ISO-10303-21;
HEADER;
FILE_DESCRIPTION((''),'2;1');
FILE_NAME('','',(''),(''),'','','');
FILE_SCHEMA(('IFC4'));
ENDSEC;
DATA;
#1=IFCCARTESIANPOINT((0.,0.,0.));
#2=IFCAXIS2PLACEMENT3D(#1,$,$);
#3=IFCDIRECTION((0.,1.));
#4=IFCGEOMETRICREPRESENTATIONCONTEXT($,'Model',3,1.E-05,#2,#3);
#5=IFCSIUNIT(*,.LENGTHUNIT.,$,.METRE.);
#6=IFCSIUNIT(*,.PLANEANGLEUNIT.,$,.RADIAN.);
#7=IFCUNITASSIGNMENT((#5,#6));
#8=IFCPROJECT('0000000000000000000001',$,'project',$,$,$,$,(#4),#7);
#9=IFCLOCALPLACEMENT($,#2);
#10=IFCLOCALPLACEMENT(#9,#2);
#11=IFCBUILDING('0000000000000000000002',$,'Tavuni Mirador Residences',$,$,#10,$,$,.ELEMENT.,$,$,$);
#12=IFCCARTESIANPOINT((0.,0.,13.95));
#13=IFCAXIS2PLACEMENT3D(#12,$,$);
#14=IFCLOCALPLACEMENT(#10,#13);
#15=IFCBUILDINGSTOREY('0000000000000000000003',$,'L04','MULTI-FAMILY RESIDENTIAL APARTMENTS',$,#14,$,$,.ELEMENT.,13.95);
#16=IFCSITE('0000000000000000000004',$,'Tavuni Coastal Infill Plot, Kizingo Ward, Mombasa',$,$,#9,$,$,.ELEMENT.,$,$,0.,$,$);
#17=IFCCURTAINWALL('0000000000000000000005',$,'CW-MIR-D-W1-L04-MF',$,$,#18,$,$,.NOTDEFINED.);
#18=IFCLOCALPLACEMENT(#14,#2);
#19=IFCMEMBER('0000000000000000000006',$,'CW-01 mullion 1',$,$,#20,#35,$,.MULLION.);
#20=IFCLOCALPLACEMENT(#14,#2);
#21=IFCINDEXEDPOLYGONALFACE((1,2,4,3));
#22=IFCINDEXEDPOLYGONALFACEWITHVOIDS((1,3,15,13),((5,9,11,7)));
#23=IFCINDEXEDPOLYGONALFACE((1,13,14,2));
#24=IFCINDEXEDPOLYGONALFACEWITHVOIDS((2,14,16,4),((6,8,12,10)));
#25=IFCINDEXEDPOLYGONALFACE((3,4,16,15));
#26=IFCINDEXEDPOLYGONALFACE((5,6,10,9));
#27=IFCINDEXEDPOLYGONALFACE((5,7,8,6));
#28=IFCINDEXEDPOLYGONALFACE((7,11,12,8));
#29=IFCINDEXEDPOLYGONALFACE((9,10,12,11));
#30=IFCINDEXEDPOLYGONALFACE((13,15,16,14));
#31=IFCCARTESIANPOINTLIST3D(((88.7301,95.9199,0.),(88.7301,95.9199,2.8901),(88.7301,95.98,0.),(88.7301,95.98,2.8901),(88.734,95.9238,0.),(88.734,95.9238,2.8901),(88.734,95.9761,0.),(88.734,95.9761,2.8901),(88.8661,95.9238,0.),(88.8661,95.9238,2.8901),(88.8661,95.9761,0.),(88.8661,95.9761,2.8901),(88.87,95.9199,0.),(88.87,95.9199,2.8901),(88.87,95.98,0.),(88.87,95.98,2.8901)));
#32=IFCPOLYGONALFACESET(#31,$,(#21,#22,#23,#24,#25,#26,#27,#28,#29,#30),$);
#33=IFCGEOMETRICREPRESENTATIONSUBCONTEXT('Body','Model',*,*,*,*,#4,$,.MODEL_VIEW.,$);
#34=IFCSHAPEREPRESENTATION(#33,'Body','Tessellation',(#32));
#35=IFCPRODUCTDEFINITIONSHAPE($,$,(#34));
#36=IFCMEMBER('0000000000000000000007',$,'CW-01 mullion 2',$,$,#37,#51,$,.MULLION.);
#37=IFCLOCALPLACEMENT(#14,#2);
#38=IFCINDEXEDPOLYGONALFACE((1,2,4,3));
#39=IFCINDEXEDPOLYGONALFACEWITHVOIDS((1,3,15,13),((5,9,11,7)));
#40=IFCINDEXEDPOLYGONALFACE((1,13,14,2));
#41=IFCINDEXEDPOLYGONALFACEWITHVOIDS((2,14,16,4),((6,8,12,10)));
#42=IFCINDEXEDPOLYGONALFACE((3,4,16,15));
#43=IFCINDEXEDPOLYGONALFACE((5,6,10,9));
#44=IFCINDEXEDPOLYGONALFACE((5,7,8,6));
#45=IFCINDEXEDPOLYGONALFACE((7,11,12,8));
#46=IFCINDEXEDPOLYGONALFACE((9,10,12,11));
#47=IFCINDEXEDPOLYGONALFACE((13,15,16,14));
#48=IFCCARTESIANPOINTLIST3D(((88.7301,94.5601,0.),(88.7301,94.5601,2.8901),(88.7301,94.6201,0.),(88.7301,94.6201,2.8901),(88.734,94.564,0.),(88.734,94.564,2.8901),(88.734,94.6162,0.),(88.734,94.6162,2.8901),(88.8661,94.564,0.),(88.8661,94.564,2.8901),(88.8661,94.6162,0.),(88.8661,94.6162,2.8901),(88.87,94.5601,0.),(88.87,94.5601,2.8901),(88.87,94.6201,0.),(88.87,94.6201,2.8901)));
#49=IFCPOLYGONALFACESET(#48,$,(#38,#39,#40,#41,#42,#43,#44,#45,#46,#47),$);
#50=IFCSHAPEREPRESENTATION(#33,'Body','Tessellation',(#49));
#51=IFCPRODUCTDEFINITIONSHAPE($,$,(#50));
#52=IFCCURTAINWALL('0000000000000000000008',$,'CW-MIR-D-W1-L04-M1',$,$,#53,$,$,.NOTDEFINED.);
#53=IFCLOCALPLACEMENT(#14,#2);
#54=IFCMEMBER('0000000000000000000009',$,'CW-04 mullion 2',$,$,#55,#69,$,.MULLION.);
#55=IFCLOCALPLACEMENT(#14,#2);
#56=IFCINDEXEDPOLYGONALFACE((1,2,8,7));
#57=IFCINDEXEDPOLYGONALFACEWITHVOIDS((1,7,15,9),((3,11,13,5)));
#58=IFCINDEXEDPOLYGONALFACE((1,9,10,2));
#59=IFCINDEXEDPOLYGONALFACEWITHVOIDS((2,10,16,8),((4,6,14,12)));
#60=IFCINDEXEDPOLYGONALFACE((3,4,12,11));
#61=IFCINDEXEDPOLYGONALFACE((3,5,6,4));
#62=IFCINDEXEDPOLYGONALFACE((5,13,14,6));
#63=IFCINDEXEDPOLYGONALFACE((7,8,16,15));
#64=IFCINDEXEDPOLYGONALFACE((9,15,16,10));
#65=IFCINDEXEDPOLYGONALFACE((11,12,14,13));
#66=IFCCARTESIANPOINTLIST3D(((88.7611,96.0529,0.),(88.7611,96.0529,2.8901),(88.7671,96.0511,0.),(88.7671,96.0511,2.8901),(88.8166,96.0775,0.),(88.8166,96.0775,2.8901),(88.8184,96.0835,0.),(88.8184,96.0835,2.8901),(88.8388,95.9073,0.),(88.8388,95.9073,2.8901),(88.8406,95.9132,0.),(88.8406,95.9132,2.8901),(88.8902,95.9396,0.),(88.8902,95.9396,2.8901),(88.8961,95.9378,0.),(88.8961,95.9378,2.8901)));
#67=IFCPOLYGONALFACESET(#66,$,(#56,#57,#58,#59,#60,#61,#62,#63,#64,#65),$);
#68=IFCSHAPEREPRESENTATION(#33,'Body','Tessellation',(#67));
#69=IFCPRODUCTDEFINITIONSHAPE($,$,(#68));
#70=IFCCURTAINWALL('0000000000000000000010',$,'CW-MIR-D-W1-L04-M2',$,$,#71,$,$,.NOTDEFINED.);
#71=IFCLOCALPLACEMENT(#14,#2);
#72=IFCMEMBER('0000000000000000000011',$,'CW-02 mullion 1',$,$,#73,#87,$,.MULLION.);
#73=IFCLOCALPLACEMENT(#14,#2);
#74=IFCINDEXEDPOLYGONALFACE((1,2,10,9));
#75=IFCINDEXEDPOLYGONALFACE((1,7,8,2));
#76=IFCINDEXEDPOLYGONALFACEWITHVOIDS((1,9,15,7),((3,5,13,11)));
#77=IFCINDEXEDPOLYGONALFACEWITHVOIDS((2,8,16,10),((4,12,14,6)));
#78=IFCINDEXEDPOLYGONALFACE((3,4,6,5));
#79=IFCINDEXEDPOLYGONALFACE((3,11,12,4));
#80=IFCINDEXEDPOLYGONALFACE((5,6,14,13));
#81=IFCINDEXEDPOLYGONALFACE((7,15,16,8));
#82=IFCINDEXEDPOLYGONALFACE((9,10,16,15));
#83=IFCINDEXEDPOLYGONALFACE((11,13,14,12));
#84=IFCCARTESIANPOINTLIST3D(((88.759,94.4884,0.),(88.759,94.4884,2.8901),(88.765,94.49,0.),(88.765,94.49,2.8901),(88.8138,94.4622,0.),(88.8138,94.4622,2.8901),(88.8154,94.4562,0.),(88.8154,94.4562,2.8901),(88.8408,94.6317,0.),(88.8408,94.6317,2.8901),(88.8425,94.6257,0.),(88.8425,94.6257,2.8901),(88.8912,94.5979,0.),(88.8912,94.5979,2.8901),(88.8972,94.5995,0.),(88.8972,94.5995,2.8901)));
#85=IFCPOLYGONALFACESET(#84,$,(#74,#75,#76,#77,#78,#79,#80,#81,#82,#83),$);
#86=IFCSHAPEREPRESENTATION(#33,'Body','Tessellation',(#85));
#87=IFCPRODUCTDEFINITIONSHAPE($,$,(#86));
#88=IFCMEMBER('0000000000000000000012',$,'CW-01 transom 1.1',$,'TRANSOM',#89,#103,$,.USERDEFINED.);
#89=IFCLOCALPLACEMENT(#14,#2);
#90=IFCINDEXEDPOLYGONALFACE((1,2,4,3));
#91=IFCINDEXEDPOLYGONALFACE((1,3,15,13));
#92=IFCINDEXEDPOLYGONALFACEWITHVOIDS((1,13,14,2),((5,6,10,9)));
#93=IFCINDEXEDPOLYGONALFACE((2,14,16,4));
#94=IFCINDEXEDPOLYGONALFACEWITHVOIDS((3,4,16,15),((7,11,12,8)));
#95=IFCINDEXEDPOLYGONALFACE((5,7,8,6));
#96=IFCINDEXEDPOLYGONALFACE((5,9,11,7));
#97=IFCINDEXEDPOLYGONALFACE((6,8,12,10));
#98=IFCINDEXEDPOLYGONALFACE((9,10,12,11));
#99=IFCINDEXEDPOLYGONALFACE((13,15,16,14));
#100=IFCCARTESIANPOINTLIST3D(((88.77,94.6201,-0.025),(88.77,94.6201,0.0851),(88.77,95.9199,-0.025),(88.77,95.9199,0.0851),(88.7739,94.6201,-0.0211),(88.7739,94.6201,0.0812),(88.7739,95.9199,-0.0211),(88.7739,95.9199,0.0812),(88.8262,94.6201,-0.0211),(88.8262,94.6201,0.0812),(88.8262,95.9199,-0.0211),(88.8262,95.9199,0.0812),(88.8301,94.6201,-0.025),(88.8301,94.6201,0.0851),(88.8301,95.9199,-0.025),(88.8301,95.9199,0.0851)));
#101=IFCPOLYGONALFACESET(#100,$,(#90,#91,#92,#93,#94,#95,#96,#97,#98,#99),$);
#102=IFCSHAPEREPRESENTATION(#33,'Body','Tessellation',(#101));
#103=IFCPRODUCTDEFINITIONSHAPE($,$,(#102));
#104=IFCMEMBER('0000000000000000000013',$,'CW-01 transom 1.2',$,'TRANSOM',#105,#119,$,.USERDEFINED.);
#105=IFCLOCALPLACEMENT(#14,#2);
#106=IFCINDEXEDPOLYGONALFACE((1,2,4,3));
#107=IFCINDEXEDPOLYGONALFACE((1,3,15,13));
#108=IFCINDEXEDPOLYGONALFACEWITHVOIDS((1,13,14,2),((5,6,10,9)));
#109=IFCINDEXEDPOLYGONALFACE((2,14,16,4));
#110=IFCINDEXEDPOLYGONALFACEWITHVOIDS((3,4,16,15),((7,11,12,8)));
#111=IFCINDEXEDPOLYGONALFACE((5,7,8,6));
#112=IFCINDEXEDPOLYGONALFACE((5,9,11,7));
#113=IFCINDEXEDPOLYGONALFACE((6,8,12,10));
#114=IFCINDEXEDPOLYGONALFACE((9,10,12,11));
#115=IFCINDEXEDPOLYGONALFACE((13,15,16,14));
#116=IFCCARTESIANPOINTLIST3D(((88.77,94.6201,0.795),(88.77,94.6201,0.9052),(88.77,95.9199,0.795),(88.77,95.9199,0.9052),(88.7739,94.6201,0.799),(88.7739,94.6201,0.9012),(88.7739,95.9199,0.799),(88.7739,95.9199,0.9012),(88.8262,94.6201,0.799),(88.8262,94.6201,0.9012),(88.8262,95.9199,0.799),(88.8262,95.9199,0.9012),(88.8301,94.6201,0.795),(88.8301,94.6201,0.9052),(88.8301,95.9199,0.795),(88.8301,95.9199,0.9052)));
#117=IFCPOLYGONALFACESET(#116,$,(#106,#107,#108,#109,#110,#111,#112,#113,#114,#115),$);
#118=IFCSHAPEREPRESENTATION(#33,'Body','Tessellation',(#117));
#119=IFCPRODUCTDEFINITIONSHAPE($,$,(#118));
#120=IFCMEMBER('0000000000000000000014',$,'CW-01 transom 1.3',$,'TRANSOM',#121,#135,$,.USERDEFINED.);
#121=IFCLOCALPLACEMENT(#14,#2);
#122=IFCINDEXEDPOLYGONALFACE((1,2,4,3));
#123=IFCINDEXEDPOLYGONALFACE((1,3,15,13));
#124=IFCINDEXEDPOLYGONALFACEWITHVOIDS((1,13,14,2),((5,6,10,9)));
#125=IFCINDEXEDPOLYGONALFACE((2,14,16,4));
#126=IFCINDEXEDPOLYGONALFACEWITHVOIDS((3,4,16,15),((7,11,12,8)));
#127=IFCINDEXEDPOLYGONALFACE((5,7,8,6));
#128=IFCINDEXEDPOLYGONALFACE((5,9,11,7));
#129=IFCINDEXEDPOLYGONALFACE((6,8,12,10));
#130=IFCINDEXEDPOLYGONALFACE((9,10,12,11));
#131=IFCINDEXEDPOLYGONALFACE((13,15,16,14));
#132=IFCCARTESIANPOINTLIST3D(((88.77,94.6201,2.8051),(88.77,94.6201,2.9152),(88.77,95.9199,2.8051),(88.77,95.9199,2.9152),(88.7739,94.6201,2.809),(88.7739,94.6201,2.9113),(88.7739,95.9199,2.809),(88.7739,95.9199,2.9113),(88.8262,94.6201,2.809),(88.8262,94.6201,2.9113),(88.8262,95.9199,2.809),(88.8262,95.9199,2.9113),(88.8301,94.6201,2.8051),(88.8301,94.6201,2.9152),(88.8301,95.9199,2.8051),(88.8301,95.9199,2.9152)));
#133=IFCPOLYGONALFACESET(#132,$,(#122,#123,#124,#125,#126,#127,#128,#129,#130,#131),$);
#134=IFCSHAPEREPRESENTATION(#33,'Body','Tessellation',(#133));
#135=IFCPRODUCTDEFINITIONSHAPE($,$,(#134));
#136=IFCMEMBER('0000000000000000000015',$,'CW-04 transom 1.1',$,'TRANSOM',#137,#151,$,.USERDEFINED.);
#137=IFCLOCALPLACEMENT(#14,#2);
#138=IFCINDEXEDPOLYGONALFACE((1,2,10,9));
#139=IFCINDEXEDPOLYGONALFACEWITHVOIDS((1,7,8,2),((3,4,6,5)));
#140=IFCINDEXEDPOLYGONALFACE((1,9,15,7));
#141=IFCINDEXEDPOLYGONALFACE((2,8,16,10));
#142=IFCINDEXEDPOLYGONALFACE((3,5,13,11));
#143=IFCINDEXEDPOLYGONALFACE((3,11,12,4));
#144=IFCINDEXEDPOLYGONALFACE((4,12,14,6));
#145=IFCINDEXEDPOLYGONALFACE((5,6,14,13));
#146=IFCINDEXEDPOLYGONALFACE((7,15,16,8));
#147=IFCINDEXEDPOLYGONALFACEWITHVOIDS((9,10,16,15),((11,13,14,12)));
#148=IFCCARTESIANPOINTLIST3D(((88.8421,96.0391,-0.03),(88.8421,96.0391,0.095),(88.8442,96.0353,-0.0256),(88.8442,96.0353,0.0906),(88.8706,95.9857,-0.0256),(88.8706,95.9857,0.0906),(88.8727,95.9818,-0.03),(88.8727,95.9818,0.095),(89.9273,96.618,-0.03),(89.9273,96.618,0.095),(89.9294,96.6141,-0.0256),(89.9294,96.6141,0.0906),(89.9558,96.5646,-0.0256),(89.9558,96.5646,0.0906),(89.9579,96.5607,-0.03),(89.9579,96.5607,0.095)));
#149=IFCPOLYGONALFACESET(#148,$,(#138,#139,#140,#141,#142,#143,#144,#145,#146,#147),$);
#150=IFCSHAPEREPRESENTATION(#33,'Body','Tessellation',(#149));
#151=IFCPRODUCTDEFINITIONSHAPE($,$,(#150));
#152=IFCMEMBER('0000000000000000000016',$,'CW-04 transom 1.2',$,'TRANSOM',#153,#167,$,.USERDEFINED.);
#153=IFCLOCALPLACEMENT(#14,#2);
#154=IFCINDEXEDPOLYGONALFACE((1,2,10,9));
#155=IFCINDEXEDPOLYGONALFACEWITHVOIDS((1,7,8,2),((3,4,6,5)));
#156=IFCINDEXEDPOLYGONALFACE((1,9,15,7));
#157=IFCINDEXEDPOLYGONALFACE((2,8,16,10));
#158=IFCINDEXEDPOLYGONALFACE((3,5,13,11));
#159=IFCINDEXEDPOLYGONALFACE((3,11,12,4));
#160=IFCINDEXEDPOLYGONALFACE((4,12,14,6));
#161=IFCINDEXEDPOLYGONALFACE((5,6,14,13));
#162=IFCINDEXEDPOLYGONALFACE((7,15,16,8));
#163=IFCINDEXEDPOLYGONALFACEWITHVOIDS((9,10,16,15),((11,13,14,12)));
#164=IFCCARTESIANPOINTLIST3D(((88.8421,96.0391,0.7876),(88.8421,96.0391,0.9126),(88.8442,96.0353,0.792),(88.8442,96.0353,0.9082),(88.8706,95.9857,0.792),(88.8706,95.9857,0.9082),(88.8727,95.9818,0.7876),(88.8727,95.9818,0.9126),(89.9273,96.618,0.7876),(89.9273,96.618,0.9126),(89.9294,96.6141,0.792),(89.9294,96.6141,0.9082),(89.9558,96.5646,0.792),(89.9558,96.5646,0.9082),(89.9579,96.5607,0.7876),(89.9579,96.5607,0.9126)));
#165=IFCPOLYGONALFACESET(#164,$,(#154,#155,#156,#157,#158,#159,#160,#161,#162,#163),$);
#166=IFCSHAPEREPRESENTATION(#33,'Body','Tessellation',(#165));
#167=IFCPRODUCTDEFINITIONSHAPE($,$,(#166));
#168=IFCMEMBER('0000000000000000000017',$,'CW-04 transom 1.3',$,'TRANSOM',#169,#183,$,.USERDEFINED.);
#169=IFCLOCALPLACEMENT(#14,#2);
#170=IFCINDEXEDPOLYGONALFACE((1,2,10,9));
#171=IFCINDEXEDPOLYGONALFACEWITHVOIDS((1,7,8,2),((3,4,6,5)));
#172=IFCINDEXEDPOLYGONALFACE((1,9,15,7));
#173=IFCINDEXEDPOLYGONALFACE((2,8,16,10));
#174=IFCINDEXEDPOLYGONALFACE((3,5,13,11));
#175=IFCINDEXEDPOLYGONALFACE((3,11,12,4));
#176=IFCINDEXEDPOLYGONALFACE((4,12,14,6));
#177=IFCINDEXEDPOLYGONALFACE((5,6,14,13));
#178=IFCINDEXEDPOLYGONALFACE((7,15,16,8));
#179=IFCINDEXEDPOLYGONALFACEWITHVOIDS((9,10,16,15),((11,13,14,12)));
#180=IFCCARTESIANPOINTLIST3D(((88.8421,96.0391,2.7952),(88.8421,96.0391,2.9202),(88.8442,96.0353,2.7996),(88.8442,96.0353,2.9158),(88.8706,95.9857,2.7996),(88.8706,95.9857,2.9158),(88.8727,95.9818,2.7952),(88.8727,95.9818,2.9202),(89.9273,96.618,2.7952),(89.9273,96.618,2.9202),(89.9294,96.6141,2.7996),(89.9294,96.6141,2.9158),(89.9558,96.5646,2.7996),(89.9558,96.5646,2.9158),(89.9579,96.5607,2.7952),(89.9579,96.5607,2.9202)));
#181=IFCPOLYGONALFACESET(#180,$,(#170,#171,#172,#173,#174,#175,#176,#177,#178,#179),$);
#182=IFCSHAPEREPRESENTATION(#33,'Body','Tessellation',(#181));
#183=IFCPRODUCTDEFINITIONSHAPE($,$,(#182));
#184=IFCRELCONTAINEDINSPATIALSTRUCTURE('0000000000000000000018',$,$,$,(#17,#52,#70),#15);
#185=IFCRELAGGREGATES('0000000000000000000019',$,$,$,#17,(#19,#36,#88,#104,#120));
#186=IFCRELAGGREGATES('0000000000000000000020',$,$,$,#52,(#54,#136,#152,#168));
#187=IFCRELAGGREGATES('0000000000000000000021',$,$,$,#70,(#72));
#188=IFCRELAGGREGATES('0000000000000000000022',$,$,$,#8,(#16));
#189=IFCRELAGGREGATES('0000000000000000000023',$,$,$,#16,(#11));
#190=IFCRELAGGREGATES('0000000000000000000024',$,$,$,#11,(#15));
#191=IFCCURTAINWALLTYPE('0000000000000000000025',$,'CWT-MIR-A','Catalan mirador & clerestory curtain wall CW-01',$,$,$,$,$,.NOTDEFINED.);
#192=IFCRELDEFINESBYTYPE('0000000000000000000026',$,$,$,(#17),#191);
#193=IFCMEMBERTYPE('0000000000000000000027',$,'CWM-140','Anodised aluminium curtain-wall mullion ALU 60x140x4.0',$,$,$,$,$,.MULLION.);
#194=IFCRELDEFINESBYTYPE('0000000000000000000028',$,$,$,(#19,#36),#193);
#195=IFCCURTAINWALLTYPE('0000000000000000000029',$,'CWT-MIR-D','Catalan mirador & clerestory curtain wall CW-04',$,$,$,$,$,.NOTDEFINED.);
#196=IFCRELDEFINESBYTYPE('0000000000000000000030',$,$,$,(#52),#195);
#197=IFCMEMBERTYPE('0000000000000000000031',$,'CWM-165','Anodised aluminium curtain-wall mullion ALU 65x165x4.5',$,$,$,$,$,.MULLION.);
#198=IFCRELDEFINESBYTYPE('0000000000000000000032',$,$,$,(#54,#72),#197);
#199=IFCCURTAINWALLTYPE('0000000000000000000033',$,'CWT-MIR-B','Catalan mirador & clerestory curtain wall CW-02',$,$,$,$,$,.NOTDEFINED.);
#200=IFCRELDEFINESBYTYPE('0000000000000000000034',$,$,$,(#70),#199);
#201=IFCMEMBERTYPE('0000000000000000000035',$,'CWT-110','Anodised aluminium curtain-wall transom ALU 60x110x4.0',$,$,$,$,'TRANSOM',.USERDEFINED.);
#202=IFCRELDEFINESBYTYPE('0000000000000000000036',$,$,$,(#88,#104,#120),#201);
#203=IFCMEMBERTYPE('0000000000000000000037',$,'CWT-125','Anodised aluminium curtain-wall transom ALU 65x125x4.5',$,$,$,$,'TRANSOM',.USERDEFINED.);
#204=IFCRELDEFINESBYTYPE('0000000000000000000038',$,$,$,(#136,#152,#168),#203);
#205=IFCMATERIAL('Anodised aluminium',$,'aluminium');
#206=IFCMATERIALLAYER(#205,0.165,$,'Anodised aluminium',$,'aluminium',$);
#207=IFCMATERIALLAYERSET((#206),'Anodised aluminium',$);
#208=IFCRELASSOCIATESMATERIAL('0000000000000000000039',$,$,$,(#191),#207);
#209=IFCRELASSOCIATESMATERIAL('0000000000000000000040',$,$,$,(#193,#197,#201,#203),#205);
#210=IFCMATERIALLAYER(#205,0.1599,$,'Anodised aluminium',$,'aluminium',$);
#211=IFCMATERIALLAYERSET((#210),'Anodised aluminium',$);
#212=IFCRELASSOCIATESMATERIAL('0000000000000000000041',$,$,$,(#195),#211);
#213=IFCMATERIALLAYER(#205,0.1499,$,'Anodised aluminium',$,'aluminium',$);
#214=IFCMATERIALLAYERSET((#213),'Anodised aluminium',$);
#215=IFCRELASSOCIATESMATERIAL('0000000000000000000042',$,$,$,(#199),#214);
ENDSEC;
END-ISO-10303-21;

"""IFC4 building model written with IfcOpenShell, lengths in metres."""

from ifc_helpers import new_model, si_unit, direction, frame, origin, origin_2d, place, context, subcontext, project, spatial, hollow_rectangle, extrude, material, layer, layer_set, material_profile, profile_set, type_object, element, aggregate, save


model = new_model("IFC4")

# Units and contexts
model_context = context("Model", 3, precision=1e-05, world=origin(), true_north=direction((0.0, 1.0)))
body_context = subcontext(model_context, "Body", "Model", "MODEL_VIEW")
ifc_project = project(units=[si_unit("LENGTHUNIT", "METRE"), si_unit("PLANEANGLEUNIT", "RADIAN")], contexts=[model_context])

# Site, building, storey
site_placement = place(None, origin())
site = spatial("IfcSite", under=ifc_project, at=site_placement, Name="Tavuni Coastal Infill Plot, Kizingo Ward, Mombasa", CompositionType="ELEMENT", RefElevation=0.0)
building_placement = place(site_placement, origin())
building = spatial("IfcBuilding", under=site, at=building_placement, Name="Tavuni Mirador Residences", CompositionType="ELEMENT")
storey_placement = place(building_placement, frame((0.0, 0.0, 13.95)))
storey = spatial("IfcBuildingStorey", under=building, at=storey_placement, Name="L04", Description="MULTI-FAMILY RESIDENTIAL APARTMENTS", CompositionType="ELEMENT", Elevation=13.95)

# Curtain wall, members
ifc_material_1 = material(Name="Anodised aluminium", Category="aluminium")
ifc_layer_1 = layer(ifc_material_1, 0.165, Name="Anodised aluminium", Category="aluminium")
ifc_layer_set_1 = layer_set([ifc_layer_1], Name="Anodised aluminium")
curtain_wall_type_1 = type_object("IfcCurtainWallType", Name="CWT-MIR-A", Description="Catalan mirador & clerestory curtain wall CW-01", PredefinedType="NOTDEFINED", material=ifc_layer_set_1)
curtain_wall_1_placement = place(storey_placement, origin())
curtain_wall_1 = element("IfcCurtainWall", 1, at=curtain_wall_1_placement, inside=storey, type_object=curtain_wall_type_1, Name="CW-MIR-D-W1-L04-MF", PredefinedType="NOTDEFINED")
ifc_material_profile_1 = material_profile(ifc_material_1, hollow_rectangle(XDim=0.0601, YDim=0.1399, WallThickness=0.0039, at=origin_2d()), Name="ALU 60x140x4.0", Category="aluminium")
ifc_profile_set_1 = profile_set([ifc_material_profile_1], Name="Anodised aluminium")
member_type_1 = type_object("IfcMemberType", Name="CWM-140", Description="Anodised aluminium curtain-wall mullion ALU 60x140x4.0", PredefinedType="MULLION", material=ifc_profile_set_1)
member_1_placement = place(storey_placement, frame((88.8, 95.95, 0.0), z_axis=(0.0, 0.0, 1.0), x_axis=(0.0, -1.0, 0.0)))
member_1 = element("IfcMember", 2, at=member_1_placement, type_object=member_type_1, Name="CW-01 mullion 1", PredefinedType="MULLION", context=body_context, shape_type="SweptSolid", body=[
    extrude(hollow_rectangle(XDim=0.0601, YDim=0.1399, WallThickness=0.0039, at=origin_2d()), origin(), (0.0, 0.0, 1.0), 2.8901),
])
member_2_placement = place(storey_placement, frame((88.8, 94.5901, 0.0), z_axis=(0.0, 0.0, 1.0), x_axis=(0.0, -1.0, 0.0)))
member_2 = element("IfcMember", 3, at=member_2_placement, type_object=member_type_1, Name="CW-01 mullion 2", PredefinedType="MULLION", context=body_context, shape_type="SweptSolid", body=[
    extrude(hollow_rectangle(XDim=0.0601, YDim=0.1399, WallThickness=0.0039, at=origin_2d()), origin(), (0.0, 0.0, 1.0), 2.8901),
])

# Curtain walls, members
ifc_layer_2 = layer(ifc_material_1, 0.1599, Name="Anodised aluminium", Category="aluminium")
ifc_layer_set_2 = layer_set([ifc_layer_2], Name="Anodised aluminium")
curtain_wall_type_2 = type_object("IfcCurtainWallType", Name="CWT-MIR-D", Description="Catalan mirador & clerestory curtain wall CW-04", PredefinedType="NOTDEFINED", material=ifc_layer_set_2)
curtain_wall_2_placement = place(storey_placement, origin())
curtain_wall_2 = element("IfcCurtainWall", 4, at=curtain_wall_2_placement, inside=storey, type_object=curtain_wall_type_2, Name="CW-MIR-D-W1-L04-M1", PredefinedType="NOTDEFINED")
ifc_material_profile_2 = material_profile(ifc_material_1, hollow_rectangle(XDim=0.0649, YDim=0.165, WallThickness=0.0044, at=origin_2d()), Name="ALU 65x165x4.5", Category="aluminium")
ifc_profile_set_2 = profile_set([ifc_material_profile_2], Name="Anodised aluminium")
member_type_2 = type_object("IfcMemberType", Name="CWM-165", Description="Anodised aluminium curtain-wall mullion ALU 65x165x4.5", PredefinedType="MULLION", material=ifc_profile_set_2)
member_3_placement = place(storey_placement, frame((88.8286, 95.9954, 0.0), z_axis=(0.0, 0.0, 1.0), x_axis=(-0.882353, -0.470588, 0.0)))
member_3 = element("IfcMember", 5, at=member_3_placement, type_object=member_type_2, Name="CW-04 mullion 2", PredefinedType="MULLION", context=body_context, shape_type="SweptSolid", body=[
    extrude(hollow_rectangle(XDim=0.0649, YDim=0.165, WallThickness=0.0044, at=origin_2d()), origin(), (0.0, 0.0, 1.0), 2.8901),
])
ifc_layer_3 = layer(ifc_material_1, 0.1499, Name="Anodised aluminium", Category="aluminium")
ifc_layer_set_3 = layer_set([ifc_layer_3], Name="Anodised aluminium")
curtain_wall_type_3 = type_object("IfcCurtainWallType", Name="CWT-MIR-B", Description="Catalan mirador & clerestory curtain wall CW-02", PredefinedType="NOTDEFINED", material=ifc_layer_set_3)
curtain_wall_3_placement = place(storey_placement, origin())
curtain_wall_3 = element("IfcCurtainWall", 6, at=curtain_wall_3_placement, inside=storey, type_object=curtain_wall_type_3, Name="CW-MIR-D-W1-L04-M2", PredefinedType="NOTDEFINED")
member_4_placement = place(storey_placement, frame((88.8281, 94.5439, 0.0), z_axis=(0.0, 0.0, 1.0), x_axis=(0.868466, -0.495749, 0.0)))
member_4 = element("IfcMember", 7, at=member_4_placement, type_object=member_type_2, Name="CW-02 mullion 1", PredefinedType="MULLION", context=body_context, shape_type="SweptSolid", body=[
    extrude(hollow_rectangle(XDim=0.0649, YDim=0.165, WallThickness=0.0044, at=origin_2d()), origin(), (0.0, 0.0, 1.0), 2.8901),
])

# Members
ifc_material_profile_3 = material_profile(ifc_material_1, hollow_rectangle(XDim=0.0601, YDim=0.1101, WallThickness=0.0039, at=origin_2d()), Name="ALU 60x110x4.0", Category="aluminium")
ifc_profile_set_3 = profile_set([ifc_material_profile_3], Name="Anodised aluminium")
member_type_3 = type_object("IfcMemberType", Name="CWT-110", Description="Anodised aluminium curtain-wall transom ALU 60x110x4.0", ElementType="TRANSOM", PredefinedType="USERDEFINED", material=ifc_profile_set_3)
member_5_placement = place(storey_placement, frame((88.8, 95.9199, 0.03), z_axis=(0.0, -1.0, 0.0), x_axis=(1.0, 0.0, 0.0)))
member_5 = element("IfcMember", 8, at=member_5_placement, type_object=member_type_3, Name="CW-01 transom 1.1", ObjectType="TRANSOM", PredefinedType="USERDEFINED", context=body_context, shape_type="SweptSolid", body=[
    extrude(hollow_rectangle(XDim=0.0601, YDim=0.1101, WallThickness=0.0039, at=origin_2d()), origin(), (0.0, 0.0, 1.0), 1.2998),
])
member_6_placement = place(storey_placement, frame((88.8, 95.9199, 0.8501), z_axis=(0.0, -1.0, 0.0), x_axis=(1.0, 0.0, 0.0)))
member_6 = element("IfcMember", 9, at=member_6_placement, type_object=member_type_3, Name="CW-01 transom 1.2", ObjectType="TRANSOM", PredefinedType="USERDEFINED", context=body_context, shape_type="SweptSolid", body=[
    extrude(hollow_rectangle(XDim=0.0601, YDim=0.1101, WallThickness=0.0039, at=origin_2d()), origin(), (0.0, 0.0, 1.0), 1.2998),
])
member_7_placement = place(storey_placement, frame((88.8, 95.9199, 2.8601), z_axis=(0.0, -1.0, 0.0), x_axis=(1.0, 0.0, 0.0)))
member_7 = element("IfcMember", 10, at=member_7_placement, type_object=member_type_3, Name="CW-01 transom 1.3", ObjectType="TRANSOM", PredefinedType="USERDEFINED", context=body_context, shape_type="SweptSolid", body=[
    extrude(hollow_rectangle(XDim=0.0601, YDim=0.1101, WallThickness=0.0039, at=origin_2d()), origin(), (0.0, 0.0, 1.0), 1.2998),
])
ifc_material_profile_4 = material_profile(ifc_material_1, hollow_rectangle(XDim=0.0649, YDim=0.125, WallThickness=0.0044, at=origin_2d()), Name="ALU 65x125x4.5", Category="aluminium")
ifc_profile_set_4 = profile_set([ifc_material_profile_4], Name="Anodised aluminium")
member_type_4 = type_object("IfcMemberType", Name="CWT-125", Description="Anodised aluminium curtain-wall transom ALU 65x125x4.5", ElementType="TRANSOM", PredefinedType="USERDEFINED", material=ifc_profile_set_4)
member_8_placement = place(storey_placement, frame((89.9426, 96.5894, 0.0325), z_axis=(-0.882325, -0.47064, 0.0), x_axis=(0.47064, -0.882325, 0.0)))
member_8 = element("IfcMember", 11, at=member_8_placement, type_object=member_type_4, Name="CW-04 transom 1.1", ObjectType="TRANSOM", PredefinedType="USERDEFINED", context=body_context, shape_type="SweptSolid", body=[
    extrude(hollow_rectangle(XDim=0.0649, YDim=0.125, WallThickness=0.0044, at=origin_2d()), origin(), (0.0, 0.0, 1.0), 1.23),
])
member_9_placement = place(storey_placement, frame((89.9426, 96.5894, 0.8501), z_axis=(-0.882325, -0.47064, 0.0), x_axis=(0.47064, -0.882325, 0.0)))
member_9 = element("IfcMember", 12, at=member_9_placement, type_object=member_type_4, Name="CW-04 transom 1.2", ObjectType="TRANSOM", PredefinedType="USERDEFINED", context=body_context, shape_type="SweptSolid", body=[
    extrude(hollow_rectangle(XDim=0.0649, YDim=0.125, WallThickness=0.0044, at=origin_2d()), origin(), (0.0, 0.0, 1.0), 1.23),
])
member_10_placement = place(storey_placement, frame((89.9426, 96.5894, 2.8577), z_axis=(-0.882325, -0.47064, 0.0), x_axis=(0.47064, -0.882325, 0.0)))
member_10 = element("IfcMember", 13, at=member_10_placement, type_object=member_type_4, Name="CW-04 transom 1.3", ObjectType="TRANSOM", PredefinedType="USERDEFINED", context=body_context, shape_type="SweptSolid", body=[
    extrude(hollow_rectangle(XDim=0.0649, YDim=0.125, WallThickness=0.0044, at=origin_2d()), origin(), (0.0, 0.0, 1.0), 1.23),
])

aggregate(curtain_wall_1, [member_1, member_2, member_5, member_6, member_7])
aggregate(curtain_wall_2, [member_3, member_8, member_9, member_10])
aggregate(curtain_wall_3, [member_4])

save(model, "model.ifc")
